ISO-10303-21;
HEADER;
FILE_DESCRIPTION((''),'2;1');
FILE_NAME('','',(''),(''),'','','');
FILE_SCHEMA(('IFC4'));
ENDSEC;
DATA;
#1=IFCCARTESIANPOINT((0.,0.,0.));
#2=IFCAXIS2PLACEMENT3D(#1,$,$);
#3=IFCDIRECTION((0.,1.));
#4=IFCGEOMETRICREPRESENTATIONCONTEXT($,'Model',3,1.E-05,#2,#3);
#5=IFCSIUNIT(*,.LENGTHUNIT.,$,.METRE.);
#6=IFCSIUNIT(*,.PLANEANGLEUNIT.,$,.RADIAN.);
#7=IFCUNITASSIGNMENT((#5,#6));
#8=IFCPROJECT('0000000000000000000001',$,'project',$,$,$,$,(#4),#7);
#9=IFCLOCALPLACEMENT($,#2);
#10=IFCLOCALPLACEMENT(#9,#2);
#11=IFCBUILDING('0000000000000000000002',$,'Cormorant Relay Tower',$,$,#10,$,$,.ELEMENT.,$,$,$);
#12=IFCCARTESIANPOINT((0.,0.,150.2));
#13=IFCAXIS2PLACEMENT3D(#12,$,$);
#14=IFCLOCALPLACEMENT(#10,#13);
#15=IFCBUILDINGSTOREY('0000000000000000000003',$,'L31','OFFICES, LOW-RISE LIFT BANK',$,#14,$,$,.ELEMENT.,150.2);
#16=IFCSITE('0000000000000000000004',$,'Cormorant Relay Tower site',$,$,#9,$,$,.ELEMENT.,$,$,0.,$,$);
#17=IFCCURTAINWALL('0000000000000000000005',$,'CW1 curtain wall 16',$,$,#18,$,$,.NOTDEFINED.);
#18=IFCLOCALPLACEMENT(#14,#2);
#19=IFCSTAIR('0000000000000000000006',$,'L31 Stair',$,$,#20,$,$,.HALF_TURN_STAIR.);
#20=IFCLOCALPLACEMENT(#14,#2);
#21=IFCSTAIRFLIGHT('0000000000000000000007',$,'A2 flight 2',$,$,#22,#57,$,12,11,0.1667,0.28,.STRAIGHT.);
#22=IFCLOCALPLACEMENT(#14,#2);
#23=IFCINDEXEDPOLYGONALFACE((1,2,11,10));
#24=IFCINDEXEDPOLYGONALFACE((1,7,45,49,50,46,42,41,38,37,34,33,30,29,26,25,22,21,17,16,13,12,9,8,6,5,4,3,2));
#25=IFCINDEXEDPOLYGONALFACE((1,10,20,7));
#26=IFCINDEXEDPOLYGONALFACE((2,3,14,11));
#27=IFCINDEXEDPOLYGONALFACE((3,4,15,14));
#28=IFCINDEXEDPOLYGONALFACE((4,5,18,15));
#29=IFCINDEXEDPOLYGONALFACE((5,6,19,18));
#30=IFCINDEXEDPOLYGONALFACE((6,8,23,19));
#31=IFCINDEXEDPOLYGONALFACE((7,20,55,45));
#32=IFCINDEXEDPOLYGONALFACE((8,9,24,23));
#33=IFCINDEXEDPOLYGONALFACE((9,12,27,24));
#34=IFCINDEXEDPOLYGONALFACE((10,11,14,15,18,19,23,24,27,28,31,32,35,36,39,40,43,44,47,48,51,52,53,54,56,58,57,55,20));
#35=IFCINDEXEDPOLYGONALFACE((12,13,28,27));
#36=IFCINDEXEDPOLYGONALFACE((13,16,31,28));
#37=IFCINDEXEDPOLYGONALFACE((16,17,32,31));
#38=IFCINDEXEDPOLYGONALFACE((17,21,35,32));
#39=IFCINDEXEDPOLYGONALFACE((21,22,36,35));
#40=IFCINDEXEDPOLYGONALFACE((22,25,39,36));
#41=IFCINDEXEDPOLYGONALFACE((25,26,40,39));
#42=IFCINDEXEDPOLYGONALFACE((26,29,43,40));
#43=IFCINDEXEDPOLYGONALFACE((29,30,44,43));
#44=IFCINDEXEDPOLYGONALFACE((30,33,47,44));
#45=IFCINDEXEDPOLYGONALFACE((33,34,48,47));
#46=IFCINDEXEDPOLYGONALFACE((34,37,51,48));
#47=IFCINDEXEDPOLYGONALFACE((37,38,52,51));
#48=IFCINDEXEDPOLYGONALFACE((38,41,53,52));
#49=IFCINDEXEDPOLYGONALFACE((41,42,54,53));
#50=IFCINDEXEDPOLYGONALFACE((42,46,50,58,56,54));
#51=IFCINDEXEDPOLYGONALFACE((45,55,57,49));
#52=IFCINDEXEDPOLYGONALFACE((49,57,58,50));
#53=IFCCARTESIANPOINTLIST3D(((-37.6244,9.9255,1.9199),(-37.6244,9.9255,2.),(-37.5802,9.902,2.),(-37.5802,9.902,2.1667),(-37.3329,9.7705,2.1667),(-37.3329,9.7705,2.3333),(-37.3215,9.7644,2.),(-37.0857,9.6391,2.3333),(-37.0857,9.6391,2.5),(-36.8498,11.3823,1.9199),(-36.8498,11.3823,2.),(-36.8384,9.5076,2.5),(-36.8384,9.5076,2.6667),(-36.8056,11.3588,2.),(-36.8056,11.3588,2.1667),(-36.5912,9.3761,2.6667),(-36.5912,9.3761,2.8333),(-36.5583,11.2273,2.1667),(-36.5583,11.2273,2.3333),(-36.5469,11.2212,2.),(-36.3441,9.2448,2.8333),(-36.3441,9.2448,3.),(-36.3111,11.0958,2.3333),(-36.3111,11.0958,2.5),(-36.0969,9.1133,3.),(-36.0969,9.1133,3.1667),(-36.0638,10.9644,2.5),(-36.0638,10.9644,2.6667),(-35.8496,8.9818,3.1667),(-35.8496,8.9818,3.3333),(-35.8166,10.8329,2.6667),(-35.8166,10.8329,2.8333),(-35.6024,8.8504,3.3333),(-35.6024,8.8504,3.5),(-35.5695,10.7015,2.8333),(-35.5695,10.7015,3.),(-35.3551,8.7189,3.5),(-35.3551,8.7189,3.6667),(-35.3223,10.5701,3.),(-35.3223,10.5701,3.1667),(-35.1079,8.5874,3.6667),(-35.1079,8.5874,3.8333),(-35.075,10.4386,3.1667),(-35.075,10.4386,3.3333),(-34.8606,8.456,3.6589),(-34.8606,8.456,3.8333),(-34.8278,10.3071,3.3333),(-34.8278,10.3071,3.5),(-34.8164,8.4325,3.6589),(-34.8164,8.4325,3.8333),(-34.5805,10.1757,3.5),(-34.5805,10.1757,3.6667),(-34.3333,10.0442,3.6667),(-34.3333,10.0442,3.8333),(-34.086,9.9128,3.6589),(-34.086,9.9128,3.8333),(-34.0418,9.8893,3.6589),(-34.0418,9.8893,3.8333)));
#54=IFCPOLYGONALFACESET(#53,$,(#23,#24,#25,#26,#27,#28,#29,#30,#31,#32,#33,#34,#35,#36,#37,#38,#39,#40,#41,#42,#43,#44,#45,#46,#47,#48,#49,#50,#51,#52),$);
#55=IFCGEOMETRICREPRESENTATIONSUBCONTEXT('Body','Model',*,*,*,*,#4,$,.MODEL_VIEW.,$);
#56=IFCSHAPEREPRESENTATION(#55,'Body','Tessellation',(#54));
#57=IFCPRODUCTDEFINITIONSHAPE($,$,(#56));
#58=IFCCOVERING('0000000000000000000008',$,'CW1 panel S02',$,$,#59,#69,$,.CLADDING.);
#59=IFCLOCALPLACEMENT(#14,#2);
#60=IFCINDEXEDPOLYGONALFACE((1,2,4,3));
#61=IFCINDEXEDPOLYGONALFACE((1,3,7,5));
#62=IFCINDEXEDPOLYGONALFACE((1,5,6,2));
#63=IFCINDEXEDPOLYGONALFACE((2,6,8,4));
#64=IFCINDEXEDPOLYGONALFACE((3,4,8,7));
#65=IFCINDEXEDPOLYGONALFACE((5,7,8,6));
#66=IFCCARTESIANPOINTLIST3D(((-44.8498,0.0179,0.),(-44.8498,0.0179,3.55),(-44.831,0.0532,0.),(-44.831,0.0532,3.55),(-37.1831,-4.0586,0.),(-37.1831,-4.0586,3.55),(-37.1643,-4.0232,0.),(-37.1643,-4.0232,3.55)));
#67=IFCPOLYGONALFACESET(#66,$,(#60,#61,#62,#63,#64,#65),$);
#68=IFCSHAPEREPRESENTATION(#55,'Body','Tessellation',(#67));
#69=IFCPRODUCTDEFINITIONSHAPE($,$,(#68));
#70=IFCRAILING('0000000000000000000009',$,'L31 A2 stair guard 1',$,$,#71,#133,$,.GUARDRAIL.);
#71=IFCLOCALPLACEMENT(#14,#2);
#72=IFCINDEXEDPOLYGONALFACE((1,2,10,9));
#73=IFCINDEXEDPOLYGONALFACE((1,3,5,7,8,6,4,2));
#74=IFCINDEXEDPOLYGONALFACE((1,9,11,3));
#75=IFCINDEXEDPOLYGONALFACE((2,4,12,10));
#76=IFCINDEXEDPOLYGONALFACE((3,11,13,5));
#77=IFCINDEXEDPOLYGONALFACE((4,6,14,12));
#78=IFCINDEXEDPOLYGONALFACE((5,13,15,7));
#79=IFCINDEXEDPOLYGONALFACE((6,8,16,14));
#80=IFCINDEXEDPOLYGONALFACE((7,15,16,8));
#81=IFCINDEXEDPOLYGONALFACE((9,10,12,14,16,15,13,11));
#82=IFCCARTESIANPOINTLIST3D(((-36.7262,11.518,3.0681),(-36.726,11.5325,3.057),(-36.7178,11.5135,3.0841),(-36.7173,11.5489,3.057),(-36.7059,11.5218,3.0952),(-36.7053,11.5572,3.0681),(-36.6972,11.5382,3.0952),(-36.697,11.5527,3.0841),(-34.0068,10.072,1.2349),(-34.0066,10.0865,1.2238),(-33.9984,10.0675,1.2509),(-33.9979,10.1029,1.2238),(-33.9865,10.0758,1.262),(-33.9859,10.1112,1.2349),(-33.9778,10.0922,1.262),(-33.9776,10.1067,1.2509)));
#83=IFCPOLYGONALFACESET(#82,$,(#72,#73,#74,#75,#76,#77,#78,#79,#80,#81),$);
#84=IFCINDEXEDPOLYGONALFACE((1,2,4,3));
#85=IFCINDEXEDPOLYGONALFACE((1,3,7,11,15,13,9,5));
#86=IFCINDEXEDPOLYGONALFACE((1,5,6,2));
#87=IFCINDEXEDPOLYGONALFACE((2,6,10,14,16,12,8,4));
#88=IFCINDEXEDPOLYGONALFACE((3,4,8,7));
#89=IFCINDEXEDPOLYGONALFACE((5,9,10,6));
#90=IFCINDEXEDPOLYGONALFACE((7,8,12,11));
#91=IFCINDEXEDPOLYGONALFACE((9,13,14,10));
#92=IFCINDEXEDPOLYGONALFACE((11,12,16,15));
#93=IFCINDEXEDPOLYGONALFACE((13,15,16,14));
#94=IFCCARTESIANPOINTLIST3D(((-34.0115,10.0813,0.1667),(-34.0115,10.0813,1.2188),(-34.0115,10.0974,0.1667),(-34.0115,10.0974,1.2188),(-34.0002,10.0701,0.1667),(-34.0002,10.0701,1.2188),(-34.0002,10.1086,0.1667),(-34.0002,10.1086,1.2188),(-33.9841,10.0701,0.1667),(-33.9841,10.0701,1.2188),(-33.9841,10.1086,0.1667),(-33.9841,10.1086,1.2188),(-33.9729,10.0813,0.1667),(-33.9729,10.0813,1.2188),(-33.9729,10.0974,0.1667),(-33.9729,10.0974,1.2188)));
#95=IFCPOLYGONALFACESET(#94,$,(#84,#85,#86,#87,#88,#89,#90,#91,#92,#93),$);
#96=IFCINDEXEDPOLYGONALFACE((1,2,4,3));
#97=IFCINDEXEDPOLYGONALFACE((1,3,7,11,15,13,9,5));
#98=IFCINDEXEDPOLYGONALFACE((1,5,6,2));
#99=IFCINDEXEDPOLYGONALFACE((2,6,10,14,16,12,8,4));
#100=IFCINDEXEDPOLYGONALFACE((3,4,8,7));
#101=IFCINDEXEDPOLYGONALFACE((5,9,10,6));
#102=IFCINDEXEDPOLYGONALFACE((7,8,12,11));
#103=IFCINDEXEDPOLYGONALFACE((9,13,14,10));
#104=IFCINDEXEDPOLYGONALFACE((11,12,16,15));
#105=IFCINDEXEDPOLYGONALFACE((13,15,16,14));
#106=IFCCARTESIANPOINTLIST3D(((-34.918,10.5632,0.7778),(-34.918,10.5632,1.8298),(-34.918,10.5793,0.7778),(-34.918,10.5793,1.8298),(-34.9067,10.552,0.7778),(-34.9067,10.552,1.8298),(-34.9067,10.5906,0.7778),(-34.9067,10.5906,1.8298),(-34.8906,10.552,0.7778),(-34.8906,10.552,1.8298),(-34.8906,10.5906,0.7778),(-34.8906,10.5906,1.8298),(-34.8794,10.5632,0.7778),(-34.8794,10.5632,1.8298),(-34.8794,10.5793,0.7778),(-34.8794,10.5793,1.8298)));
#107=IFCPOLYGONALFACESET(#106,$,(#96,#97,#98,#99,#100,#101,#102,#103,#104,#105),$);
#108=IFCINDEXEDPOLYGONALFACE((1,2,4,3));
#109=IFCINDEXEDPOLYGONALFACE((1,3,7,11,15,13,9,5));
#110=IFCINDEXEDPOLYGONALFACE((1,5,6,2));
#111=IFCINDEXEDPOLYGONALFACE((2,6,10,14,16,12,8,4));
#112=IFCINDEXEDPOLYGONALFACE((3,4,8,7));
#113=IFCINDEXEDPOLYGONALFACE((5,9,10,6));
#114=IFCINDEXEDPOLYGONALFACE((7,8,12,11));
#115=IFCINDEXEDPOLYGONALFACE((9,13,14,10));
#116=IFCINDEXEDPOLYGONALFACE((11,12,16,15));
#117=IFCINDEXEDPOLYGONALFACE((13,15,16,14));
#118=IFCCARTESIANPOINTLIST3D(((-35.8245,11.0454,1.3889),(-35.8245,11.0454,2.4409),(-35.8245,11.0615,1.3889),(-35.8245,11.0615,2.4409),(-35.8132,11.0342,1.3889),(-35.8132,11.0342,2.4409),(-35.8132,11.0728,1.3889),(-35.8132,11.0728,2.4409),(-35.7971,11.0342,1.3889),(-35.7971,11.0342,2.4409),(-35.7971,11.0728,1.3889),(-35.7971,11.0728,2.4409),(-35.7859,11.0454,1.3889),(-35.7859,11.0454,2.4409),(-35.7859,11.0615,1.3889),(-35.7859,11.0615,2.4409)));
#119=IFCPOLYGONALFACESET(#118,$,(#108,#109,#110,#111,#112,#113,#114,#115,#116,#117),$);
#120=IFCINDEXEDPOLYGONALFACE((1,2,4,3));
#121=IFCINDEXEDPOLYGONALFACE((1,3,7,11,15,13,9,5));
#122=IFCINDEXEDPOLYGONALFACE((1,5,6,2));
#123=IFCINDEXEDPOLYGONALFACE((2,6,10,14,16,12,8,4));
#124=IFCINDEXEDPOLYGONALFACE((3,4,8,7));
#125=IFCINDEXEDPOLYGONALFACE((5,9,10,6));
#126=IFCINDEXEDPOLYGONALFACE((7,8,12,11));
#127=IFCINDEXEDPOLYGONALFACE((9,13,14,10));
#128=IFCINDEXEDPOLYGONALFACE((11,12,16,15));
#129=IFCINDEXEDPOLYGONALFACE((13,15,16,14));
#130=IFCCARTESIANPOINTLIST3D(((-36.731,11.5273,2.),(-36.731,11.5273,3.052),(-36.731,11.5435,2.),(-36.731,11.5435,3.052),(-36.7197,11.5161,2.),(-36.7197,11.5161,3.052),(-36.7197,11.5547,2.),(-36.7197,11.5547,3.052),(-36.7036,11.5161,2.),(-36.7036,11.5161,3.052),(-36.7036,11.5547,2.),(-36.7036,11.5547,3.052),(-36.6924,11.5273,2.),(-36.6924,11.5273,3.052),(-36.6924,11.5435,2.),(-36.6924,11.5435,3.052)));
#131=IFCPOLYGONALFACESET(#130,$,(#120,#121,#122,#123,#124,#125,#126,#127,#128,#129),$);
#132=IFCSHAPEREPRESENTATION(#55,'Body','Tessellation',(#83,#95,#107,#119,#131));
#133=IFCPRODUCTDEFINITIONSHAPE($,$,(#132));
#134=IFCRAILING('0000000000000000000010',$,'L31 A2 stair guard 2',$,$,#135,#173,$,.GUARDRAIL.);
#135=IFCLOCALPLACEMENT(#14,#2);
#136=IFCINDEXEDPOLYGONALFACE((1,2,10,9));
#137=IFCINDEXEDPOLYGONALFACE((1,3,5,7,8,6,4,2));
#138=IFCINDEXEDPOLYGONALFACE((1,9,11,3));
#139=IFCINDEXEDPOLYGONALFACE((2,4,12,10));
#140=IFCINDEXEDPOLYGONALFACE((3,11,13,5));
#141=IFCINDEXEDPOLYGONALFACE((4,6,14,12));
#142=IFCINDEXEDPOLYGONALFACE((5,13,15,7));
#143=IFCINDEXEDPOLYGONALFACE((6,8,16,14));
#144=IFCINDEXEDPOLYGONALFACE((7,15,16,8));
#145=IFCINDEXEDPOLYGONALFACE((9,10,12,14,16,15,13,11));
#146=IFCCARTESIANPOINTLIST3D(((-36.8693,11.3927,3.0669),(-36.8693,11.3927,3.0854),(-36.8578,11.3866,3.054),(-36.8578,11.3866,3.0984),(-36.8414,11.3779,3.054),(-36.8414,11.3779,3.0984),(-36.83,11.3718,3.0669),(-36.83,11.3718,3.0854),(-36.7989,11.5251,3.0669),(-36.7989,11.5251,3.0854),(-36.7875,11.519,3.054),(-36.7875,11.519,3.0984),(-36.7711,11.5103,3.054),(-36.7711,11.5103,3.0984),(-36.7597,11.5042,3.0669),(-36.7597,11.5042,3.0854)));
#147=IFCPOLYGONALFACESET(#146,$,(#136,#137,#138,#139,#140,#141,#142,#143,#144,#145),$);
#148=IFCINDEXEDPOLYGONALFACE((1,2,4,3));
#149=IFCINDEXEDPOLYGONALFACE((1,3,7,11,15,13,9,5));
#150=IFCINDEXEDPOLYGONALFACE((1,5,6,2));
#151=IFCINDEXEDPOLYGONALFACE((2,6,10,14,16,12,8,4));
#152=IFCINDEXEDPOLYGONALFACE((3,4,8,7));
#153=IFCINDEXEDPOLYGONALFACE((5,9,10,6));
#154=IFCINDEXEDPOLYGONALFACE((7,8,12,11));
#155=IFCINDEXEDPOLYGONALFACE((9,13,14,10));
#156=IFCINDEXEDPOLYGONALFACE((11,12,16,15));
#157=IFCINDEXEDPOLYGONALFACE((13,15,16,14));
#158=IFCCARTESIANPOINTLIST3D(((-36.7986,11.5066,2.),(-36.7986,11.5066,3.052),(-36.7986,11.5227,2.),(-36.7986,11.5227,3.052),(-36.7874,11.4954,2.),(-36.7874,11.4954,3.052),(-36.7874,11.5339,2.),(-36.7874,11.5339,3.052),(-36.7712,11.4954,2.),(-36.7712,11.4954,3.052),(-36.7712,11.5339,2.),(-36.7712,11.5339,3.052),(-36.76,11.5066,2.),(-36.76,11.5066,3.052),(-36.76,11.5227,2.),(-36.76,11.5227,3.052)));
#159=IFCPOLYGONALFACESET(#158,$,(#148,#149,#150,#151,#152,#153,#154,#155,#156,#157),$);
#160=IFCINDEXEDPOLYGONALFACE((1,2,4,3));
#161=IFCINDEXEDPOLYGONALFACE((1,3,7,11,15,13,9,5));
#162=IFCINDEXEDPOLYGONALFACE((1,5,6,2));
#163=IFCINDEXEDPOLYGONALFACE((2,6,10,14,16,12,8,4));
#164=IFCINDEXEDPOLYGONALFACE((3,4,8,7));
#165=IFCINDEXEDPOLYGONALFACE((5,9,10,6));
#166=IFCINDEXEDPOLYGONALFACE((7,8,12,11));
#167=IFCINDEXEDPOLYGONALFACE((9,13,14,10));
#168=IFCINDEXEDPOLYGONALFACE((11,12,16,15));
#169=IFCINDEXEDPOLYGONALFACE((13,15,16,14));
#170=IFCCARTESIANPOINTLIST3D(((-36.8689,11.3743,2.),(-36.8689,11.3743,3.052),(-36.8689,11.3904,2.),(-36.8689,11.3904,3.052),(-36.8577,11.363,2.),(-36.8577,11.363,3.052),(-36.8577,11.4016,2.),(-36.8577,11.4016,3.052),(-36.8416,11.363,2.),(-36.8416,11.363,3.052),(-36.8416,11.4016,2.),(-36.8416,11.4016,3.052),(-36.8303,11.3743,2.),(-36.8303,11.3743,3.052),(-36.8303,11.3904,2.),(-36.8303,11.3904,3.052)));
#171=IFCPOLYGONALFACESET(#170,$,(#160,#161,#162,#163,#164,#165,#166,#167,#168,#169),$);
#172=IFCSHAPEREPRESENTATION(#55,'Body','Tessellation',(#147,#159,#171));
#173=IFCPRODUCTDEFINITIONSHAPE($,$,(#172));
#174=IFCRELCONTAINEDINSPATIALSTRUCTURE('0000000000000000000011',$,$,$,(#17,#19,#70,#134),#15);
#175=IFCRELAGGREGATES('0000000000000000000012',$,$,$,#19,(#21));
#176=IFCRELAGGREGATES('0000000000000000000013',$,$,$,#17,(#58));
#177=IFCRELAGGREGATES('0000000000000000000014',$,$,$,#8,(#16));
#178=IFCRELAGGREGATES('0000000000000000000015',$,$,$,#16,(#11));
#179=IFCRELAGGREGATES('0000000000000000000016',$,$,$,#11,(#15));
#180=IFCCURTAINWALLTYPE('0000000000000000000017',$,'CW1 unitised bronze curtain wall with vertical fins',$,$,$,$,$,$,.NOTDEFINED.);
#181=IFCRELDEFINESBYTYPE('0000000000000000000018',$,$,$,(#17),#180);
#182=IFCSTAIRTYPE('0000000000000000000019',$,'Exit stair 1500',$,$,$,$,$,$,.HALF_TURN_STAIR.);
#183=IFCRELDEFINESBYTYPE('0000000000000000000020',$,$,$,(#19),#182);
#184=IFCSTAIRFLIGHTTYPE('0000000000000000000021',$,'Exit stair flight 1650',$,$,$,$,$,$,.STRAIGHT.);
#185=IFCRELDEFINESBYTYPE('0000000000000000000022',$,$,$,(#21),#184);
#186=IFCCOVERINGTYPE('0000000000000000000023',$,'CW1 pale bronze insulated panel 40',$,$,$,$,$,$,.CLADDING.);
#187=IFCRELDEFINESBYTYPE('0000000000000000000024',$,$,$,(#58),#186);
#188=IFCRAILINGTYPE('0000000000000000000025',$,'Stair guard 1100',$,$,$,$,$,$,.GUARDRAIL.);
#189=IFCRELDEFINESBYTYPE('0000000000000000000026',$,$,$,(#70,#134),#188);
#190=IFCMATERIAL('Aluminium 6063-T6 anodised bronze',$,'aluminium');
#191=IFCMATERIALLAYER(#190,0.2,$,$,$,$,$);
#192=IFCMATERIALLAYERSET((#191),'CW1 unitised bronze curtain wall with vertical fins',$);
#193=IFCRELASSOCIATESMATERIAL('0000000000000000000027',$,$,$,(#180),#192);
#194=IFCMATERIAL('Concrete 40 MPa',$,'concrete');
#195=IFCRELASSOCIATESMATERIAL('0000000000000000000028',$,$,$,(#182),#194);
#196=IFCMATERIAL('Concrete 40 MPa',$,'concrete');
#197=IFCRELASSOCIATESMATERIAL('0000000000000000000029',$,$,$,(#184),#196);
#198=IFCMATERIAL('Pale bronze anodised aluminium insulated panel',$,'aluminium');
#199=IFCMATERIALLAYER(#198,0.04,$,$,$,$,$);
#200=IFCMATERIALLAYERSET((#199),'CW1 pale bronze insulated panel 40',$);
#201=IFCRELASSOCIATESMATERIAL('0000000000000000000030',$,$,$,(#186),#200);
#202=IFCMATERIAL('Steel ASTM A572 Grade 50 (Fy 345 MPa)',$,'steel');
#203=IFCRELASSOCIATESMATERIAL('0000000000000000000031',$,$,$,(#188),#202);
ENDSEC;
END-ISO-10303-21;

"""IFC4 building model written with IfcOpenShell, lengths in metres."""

from ifc_helpers import new_model, si_unit, direction, frame, origin, origin_2d, place, context, subcontext, project, spatial, polyline, rectangle, outline, extrude, material, layer, layer_set, type_object, element, aggregate, save


model = new_model("IFC4")

# Units and contexts
model_context = context("Model", 3, precision=1e-05, world=origin(), true_north=direction((0.0, 1.0)))
body_context = subcontext(model_context, "Body", "Model", "MODEL_VIEW")
ifc_project = project(units=[si_unit("LENGTHUNIT", "METRE"), si_unit("PLANEANGLEUNIT", "RADIAN")], contexts=[model_context])

# Site, building, storey
site_placement = place(None, origin())
site = spatial("IfcSite", under=ifc_project, at=site_placement, Name="Cormorant Relay Tower site", CompositionType="ELEMENT", RefElevation=0.0)
building_placement = place(site_placement, origin())
building = spatial("IfcBuilding", under=site, at=building_placement, Name="Cormorant Relay Tower", CompositionType="ELEMENT")
storey_placement = place(building_placement, frame((0.0, 0.0, 150.2)))
storey = spatial("IfcBuildingStorey", under=building, at=storey_placement, Name="L31", Description="OFFICES, LOW-RISE LIFT BANK", CompositionType="ELEMENT", Elevation=150.2)

# Curtain wall
ifc_material_1 = material(Name="Aluminium 6063-T6 anodised bronze", Category="aluminium")
ifc_layer_1 = layer(ifc_material_1, 0.2)
ifc_layer_set_1 = layer_set([ifc_layer_1], Name="CW1 unitised bronze curtain wall with vertical fins")
curtain_wall_type = type_object("IfcCurtainWallType", Name="CW1 unitised bronze curtain wall with vertical fins", PredefinedType="NOTDEFINED", material=ifc_layer_set_1)
curtain_wall_placement = place(storey_placement, origin())
curtain_wall = element("IfcCurtainWall", 1, at=curtain_wall_placement, inside=storey, type_object=curtain_wall_type, Name="CW1 curtain wall 16", PredefinedType="NOTDEFINED")

# Stair, stair flight
ifc_material_2 = material(Name="Concrete 40 MPa", Category="concrete")
stair_type = type_object("IfcStairType", Name="Exit stair 1500", PredefinedType="HALF_TURN_STAIR", material=ifc_material_2)
stair_placement = place(storey_placement, origin())
stair = element("IfcStair", 2, at=stair_placement, inside=storey, type_object=stair_type, Name="L31 Stair", PredefinedType="HALF_TURN_STAIR")
ifc_material_3 = material(Name="Concrete 40 MPa", Category="concrete")
stair_flight_type = type_object("IfcStairFlightType", Name="Exit stair flight 1650", PredefinedType="STRAIGHT", material=ifc_material_3)
stair_flight_1_placement = place(storey_placement, frame((-37.1929, 10.6304, 2.0), z_axis=(0.0, 0.0, 1.0), x_axis=(0.882948, -0.469472, 0.0)))
stair_flight_1 = element("IfcStairFlight", 3, at=stair_flight_1_placement, type_object=stair_flight_type, Name="A2 flight 2", NumberOfRisers=12, NumberOfTreads=11, PredefinedType="STRAIGHT", RiserHeight=0.1667, TreadLength=0.28, context=body_context, shape_type="SweptSolid", body=[
    extrude(outline(polyline([(-0.05, -0.0801), (-0.05, 0.0), (0.0, 0.0), (0.0, 0.1667), (0.28, 0.1667), (0.28, 0.3333), (0.5601, 0.3333), (0.5601, 0.5), (0.8401, 0.5), (0.8401, 0.6667), (1.1201, 0.6667), (1.1201, 0.8333), (1.3999, 0.8333), (1.3999, 1.0), (1.6799, 1.0), (1.6799, 1.1667), (1.96, 1.1667), (1.96, 1.3333), (2.24, 1.3333), (2.24, 1.5), (2.52, 1.5), (2.52, 1.6667), (2.8, 1.6667), (2.8, 1.8333), (3.0801, 1.8333), (3.1301, 1.8333), (3.1301, 1.6589), (3.0801, 1.6589), (0.293, 0.0), (-0.05, -0.0801)])), frame((0.0, 0.825, 0.0), z_axis=(0.0, -1.0, 0.0), x_axis=(1.0, 0.0, 0.0)), (0.0, 0.0, 1.0), 1.6499),
])
aggregate(stair, [stair_flight_1])

# Covering
ifc_material_4 = material(Name="Pale bronze anodised aluminium insulated panel", Category="aluminium")
ifc_layer_2 = layer(ifc_material_4, 0.04)
ifc_layer_set_2 = layer_set([ifc_layer_2], Name="CW1 pale bronze insulated panel 40")
covering_type = type_object("IfcCoveringType", Name="CW1 pale bronze insulated panel 40", PredefinedType="CLADDING", material=ifc_layer_set_2)
covering_placement = place(storey_placement, frame((-41.0071, -2.0027, 0.0), z_axis=(0.0, 0.0, 1.0), x_axis=(0.882948, -0.469472, 0.0)))
covering = element("IfcCovering", 4, at=covering_placement, type_object=covering_type, Name="CW1 panel S02", PredefinedType="CLADDING", context=body_context, shape_type="SweptSolid", body=[
    extrude(rectangle(XDim=8.6831, YDim=0.04, at=origin_2d()), origin(), (0.0, 0.0, 1.0), 3.55),
])
aggregate(curtain_wall, [covering])

# Railings
ifc_material_5 = material(Name="Steel ASTM A572 Grade 50 (Fy 345 MPa)", Category="steel")
railing_type_1 = type_object("IfcRailingType", Name="Stair guard 1100", PredefinedType="GUARDRAIL", material=ifc_material_5)
railing_1_placement = place(storey_placement, frame((-33.9922, 10.0894, 0.1667)))
element("IfcRailing", 5, at=railing_1_placement, inside=storey, type_object=railing_type_1, Name="L31 A2 stair guard 1", PredefinedType="GUARDRAIL", context=body_context, shape_type="SweptSolid", body=[
    extrude(outline(polyline([(0.0222, 0.0093), (0.0093, 0.0222), (-0.0093, 0.0222), (-0.0222, 0.0093), (-0.0222, -0.0093), (-0.0093, -0.0222), (0.0093, -0.0222), (0.0222, -0.0093), (0.0222, 0.0093)])), frame((0.0, 0.0, 1.0762), z_axis=(-0.758714, 0.403435, 0.511463), x_axis=(-0.469489, -0.882938, 0.0)), (0.0, 0.0, 1.0), 3.5842),
    extrude(outline(polyline([(0.0193, 0.0081), (0.0081, 0.0193), (-0.0081, 0.0193), (-0.0193, 0.0081), (-0.0193, -0.0081), (-0.0081, -0.0193), (0.0081, -0.0193), (0.0193, -0.0081), (0.0193, 0.0081)])), origin(), (0.0, 0.0, 1.0), 1.052),
    extrude(outline(polyline([(0.0193, 0.0081), (0.0081, 0.0193), (-0.0081, 0.0193), (-0.0193, 0.0081), (-0.0193, -0.0081), (-0.0081, -0.0193), (0.0081, -0.0193), (0.0193, -0.0081), (0.0193, 0.0081)])), frame((-0.9065, 0.4819, 0.6111)), (0.0, 0.0, 1.0), 1.052),
    extrude(outline(polyline([(0.0193, 0.0081), (0.0081, 0.0193), (-0.0081, 0.0193), (-0.0193, 0.0081), (-0.0193, -0.0081), (-0.0081, -0.0193), (0.0081, -0.0193), (0.0193, -0.0081), (0.0193, 0.0081)])), frame((-1.813, 0.9641, 1.2222)), (0.0, 0.0, 1.0), 1.052),
    extrude(outline(polyline([(0.0193, 0.0081), (0.0081, 0.0193), (-0.0081, 0.0193), (-0.0193, 0.0081), (-0.0193, -0.0081), (-0.0081, -0.0193), (0.0081, -0.0193), (0.0193, -0.0081), (0.0193, 0.0081)])), frame((-2.7195, 1.446, 1.8333)), (0.0, 0.0, 1.0), 1.052),
])
railing_2_placement = place(storey_placement, frame((-36.7793, 11.5146, 2.0)))
element("IfcRailing", 6, at=railing_2_placement, inside=storey, type_object=railing_type_1, Name="L31 A2 stair guard 2", PredefinedType="GUARDRAIL", context=body_context, shape_type="SweptSolid", body=[
    extrude(outline(polyline([(0.0222, 0.0093), (0.0093, 0.0222), (-0.0093, 0.0222), (-0.0222, 0.0093), (-0.0222, -0.0093), (-0.0093, -0.0222), (0.0093, -0.0222), (0.0222, -0.0093), (0.0222, 0.0093)])), frame((0.0, 0.0, 1.0762), z_axis=(-0.469235, -0.883074, 0.0), x_axis=(0.883074, -0.469235, 0.0)), (0.0, 0.0, 1.0), 0.1499),
    extrude(outline(polyline([(0.0193, 0.0081), (0.0081, 0.0193), (-0.0081, 0.0193), (-0.0193, 0.0081), (-0.0193, -0.0081), (-0.0081, -0.0193), (0.0081, -0.0193), (0.0193, -0.0081), (0.0193, 0.0081)])), origin(), (0.0, 0.0, 1.0), 1.052),
    extrude(outline(polyline([(0.0193, 0.0081), (0.0081, 0.0193), (-0.0081, 0.0193), (-0.0193, 0.0081), (-0.0193, -0.0081), (-0.0081, -0.0193), (0.0081, -0.0193), (0.0193, -0.0081), (0.0193, 0.0081)])), frame((-0.0703, -0.1323, 0.0)), (0.0, 0.0, 1.0), 1.052),
])

save(model, "model.ifc")
